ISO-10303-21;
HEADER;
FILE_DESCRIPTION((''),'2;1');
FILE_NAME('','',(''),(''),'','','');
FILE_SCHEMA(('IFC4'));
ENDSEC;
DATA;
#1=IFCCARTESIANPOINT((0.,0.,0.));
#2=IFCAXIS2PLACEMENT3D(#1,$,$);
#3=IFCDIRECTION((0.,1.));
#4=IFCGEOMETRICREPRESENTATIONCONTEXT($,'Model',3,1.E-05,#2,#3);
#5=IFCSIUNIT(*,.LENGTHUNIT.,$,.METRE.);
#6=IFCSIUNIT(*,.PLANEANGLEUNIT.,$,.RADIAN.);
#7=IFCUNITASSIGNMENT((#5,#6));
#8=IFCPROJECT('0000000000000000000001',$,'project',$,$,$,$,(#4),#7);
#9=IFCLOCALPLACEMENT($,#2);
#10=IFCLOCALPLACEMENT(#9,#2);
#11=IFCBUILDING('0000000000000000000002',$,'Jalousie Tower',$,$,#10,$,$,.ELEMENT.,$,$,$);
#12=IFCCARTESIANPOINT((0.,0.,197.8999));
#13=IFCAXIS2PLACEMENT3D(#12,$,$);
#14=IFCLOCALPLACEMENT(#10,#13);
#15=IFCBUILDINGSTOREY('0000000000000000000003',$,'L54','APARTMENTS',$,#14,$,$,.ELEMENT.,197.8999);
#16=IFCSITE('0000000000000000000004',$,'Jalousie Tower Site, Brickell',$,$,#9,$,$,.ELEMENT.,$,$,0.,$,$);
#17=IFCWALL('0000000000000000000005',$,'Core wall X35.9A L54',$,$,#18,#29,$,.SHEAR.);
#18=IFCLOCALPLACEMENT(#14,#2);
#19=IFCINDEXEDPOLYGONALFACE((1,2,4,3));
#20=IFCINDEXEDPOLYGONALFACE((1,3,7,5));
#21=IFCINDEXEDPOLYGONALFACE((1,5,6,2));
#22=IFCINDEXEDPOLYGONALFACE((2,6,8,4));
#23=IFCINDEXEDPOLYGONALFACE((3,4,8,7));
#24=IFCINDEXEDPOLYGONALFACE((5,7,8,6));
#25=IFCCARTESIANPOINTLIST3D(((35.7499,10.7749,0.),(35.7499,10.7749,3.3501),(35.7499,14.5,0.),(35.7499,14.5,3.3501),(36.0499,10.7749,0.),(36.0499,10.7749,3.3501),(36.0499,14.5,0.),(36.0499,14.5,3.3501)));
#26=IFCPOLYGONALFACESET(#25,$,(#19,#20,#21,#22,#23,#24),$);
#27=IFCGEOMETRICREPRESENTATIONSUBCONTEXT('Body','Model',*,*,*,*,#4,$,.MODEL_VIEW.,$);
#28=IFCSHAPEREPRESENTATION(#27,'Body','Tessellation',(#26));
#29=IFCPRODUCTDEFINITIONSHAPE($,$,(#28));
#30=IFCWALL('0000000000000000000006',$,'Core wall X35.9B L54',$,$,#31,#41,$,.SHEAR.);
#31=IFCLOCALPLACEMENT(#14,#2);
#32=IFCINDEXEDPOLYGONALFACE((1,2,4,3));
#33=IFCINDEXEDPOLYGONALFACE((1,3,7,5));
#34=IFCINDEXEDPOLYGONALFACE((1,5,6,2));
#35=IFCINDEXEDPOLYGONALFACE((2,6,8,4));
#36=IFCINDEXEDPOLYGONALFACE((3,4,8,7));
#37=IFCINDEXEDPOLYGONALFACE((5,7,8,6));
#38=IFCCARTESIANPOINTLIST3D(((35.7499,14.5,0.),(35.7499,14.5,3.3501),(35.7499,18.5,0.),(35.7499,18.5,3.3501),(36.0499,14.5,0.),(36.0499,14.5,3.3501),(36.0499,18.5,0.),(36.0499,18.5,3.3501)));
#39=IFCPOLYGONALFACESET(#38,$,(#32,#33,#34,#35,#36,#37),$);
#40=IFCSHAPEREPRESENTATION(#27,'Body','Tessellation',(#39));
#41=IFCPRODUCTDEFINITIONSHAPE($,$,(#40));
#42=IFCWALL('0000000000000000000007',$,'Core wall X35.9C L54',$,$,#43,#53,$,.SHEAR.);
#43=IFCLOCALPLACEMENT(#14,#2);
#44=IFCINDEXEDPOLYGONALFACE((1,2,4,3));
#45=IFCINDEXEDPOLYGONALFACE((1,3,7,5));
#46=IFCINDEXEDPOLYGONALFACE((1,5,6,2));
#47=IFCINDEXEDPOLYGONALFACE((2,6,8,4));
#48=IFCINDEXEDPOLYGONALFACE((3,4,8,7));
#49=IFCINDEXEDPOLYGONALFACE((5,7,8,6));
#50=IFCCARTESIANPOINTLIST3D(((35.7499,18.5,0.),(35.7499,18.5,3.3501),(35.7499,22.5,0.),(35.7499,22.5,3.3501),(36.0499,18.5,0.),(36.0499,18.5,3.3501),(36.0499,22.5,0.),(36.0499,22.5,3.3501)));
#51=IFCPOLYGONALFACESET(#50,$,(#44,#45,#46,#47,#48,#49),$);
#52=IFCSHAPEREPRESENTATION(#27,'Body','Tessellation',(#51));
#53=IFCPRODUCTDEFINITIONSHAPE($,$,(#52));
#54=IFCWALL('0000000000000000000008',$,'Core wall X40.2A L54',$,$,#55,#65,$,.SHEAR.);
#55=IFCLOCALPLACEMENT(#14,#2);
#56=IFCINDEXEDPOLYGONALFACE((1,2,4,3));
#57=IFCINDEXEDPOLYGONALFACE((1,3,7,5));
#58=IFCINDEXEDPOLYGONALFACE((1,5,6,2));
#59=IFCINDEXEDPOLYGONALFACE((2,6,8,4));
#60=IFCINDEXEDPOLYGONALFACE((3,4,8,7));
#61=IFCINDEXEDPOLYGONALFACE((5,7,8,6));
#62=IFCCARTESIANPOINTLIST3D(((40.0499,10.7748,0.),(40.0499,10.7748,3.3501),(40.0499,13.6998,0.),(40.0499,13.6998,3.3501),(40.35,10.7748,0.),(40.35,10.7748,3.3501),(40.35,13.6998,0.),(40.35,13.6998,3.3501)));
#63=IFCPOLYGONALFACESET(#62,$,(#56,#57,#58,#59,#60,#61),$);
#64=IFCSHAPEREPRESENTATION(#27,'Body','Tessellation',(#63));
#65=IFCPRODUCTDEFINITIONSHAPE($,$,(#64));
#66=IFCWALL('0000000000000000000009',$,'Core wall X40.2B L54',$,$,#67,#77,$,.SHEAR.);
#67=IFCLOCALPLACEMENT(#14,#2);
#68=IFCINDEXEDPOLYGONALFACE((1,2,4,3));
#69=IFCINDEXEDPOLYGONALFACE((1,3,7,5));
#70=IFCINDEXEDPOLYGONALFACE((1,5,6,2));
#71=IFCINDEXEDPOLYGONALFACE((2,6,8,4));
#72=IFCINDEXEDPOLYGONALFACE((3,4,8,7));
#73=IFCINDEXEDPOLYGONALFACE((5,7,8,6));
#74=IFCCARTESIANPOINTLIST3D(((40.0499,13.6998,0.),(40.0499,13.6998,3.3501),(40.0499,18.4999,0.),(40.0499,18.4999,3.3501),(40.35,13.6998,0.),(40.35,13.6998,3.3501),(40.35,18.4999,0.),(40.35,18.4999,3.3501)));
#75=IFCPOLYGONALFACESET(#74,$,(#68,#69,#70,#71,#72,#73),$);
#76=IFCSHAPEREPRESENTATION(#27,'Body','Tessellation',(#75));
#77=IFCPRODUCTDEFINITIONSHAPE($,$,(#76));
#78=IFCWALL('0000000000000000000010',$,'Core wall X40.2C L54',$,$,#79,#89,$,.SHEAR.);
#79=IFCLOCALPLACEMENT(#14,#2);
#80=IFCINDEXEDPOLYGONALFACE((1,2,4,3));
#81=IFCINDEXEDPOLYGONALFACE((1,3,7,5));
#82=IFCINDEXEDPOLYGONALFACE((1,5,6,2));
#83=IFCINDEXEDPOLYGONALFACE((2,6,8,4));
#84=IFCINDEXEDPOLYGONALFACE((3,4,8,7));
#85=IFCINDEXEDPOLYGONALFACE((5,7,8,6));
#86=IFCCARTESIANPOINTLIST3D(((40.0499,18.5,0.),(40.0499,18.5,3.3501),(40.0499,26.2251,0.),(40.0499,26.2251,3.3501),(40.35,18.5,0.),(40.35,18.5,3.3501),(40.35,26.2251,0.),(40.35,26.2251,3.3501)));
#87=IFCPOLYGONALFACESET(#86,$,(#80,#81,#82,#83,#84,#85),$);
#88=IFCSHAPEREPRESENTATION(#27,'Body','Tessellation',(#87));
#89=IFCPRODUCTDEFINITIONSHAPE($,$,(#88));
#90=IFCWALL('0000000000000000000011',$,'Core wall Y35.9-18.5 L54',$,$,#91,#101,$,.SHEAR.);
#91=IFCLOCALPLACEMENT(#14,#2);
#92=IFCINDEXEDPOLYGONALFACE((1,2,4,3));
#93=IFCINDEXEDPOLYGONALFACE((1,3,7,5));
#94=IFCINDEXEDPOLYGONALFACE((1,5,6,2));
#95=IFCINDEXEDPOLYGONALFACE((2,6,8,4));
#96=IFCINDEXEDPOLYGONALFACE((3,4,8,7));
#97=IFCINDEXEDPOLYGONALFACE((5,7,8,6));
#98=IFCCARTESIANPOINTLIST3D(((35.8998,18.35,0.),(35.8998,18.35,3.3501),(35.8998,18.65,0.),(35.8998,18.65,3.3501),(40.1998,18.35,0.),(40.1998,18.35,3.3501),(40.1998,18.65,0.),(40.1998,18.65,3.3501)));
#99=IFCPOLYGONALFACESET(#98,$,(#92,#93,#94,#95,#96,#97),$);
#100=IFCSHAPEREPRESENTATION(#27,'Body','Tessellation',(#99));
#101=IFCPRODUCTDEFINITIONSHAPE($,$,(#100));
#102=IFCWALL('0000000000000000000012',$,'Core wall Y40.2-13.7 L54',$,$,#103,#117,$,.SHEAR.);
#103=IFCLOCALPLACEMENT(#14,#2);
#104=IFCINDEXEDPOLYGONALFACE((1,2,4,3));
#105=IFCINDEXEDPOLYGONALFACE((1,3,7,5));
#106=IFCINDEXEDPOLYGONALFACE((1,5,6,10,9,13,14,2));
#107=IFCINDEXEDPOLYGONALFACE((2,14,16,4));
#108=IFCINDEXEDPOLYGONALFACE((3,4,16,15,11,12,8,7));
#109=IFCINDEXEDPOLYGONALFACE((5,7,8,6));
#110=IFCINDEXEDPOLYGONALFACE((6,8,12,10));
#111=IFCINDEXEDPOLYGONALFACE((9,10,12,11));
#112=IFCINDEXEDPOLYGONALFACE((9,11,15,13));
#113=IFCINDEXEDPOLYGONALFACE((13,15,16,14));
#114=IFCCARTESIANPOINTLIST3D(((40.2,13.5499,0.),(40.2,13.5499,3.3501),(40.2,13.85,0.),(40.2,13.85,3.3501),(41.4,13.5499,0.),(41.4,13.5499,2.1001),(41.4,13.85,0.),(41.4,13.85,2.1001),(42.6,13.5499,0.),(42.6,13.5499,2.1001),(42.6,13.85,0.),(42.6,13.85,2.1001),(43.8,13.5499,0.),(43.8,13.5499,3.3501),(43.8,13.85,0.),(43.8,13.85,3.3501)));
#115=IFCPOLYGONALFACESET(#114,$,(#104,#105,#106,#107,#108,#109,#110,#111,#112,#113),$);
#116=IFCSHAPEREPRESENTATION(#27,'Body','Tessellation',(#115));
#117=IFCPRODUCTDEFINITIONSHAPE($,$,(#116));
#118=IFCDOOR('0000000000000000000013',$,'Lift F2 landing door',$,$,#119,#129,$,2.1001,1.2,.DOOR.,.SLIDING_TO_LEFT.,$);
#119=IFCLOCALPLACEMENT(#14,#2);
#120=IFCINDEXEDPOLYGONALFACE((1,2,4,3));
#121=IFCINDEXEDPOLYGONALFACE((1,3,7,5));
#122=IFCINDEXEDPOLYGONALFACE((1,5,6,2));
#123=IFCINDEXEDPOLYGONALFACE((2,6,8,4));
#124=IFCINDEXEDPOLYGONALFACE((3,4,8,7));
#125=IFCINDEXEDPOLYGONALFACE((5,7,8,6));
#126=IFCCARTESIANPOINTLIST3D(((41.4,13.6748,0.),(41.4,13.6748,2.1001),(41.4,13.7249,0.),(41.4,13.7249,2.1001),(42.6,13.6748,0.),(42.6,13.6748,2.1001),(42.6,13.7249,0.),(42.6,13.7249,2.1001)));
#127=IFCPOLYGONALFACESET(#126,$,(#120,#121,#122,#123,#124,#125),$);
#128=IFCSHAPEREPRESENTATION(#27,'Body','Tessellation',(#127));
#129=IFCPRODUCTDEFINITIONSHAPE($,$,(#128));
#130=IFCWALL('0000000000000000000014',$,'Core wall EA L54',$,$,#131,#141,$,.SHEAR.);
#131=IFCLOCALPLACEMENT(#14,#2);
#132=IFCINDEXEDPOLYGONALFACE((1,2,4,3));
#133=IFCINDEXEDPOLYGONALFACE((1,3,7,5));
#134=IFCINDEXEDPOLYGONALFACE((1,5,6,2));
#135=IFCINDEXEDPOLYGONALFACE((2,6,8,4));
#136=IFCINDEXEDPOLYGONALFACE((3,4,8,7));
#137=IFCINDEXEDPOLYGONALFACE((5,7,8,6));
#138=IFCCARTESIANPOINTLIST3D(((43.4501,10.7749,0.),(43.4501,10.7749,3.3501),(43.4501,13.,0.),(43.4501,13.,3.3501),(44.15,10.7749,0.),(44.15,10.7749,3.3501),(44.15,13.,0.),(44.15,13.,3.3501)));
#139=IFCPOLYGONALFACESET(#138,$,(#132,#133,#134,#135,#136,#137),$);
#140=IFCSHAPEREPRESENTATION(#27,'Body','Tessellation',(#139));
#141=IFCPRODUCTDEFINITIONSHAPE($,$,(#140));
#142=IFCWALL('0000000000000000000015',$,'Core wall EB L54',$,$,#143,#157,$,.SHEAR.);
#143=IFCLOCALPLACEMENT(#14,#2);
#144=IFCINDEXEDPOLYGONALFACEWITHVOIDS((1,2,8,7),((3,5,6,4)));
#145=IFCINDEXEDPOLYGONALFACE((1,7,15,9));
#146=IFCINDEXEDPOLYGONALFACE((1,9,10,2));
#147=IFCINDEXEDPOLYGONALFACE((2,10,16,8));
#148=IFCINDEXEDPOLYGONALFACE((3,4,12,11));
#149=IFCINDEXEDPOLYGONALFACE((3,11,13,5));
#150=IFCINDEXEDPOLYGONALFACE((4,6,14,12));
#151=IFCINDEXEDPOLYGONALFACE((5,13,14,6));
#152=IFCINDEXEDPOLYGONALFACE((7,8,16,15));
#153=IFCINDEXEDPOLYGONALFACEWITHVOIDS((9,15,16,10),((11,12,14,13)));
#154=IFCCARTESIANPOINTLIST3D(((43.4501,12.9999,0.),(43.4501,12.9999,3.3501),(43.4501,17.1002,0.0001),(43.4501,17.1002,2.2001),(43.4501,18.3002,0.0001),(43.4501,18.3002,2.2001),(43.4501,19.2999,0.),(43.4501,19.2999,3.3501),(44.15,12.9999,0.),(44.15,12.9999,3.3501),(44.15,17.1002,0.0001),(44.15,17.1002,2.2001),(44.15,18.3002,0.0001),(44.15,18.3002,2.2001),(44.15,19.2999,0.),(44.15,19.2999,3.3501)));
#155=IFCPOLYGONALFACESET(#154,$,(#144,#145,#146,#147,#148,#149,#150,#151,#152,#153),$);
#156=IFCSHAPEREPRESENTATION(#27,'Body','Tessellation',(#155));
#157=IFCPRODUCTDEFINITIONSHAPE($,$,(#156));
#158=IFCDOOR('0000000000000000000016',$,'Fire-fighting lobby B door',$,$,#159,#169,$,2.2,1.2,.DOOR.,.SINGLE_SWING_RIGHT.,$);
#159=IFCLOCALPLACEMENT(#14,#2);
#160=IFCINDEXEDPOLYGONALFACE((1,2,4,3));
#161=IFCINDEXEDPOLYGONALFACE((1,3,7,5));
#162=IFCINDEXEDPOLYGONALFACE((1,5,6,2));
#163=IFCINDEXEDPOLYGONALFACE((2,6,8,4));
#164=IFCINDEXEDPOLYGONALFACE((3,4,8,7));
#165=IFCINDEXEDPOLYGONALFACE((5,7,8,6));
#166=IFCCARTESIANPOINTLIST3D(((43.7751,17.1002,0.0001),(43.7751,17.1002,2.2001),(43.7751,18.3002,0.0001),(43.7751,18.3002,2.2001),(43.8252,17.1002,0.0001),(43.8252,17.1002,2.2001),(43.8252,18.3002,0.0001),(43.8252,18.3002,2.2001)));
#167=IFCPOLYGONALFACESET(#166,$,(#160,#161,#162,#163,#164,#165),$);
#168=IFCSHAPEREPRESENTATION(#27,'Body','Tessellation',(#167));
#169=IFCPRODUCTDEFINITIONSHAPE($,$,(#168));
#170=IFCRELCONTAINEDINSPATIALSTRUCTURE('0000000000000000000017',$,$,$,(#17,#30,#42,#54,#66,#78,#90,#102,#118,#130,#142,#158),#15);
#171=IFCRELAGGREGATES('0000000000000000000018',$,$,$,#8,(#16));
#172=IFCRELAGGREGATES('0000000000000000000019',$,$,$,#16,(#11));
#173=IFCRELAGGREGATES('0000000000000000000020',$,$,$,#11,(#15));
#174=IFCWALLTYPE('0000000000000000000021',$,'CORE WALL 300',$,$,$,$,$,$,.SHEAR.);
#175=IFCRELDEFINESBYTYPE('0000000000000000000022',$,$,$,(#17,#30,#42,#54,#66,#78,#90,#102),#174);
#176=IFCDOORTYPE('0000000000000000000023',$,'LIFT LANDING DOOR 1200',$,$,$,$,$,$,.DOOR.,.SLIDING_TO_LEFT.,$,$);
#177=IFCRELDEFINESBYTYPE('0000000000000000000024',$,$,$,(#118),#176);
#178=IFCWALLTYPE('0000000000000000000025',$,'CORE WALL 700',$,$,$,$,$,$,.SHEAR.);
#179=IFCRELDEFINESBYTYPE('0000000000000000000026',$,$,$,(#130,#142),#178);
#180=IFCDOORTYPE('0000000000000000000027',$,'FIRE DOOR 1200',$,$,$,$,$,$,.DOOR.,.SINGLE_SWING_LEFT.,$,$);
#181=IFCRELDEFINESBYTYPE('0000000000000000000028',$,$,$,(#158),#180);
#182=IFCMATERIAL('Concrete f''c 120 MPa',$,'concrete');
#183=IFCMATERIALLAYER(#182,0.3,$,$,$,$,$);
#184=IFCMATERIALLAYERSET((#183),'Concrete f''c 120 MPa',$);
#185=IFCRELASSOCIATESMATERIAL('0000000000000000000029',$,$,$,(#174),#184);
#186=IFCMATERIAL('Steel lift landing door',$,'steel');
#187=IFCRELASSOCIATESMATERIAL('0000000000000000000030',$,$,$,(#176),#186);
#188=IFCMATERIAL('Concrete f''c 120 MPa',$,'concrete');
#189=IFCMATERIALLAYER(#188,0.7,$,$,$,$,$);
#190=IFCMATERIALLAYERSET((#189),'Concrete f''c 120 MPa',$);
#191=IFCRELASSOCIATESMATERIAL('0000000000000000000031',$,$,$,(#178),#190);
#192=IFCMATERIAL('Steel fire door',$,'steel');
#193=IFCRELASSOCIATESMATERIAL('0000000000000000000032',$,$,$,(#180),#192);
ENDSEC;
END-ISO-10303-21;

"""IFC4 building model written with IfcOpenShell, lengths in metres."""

from ifc_helpers import new_model, si_unit, direction, frame, frame_2d, origin, place, context, subcontext, project, spatial, rectangle, extrude, material, layer, layer_set, type_object, element, fill, save


model = new_model("IFC4")

# Units and contexts
model_context = context("Model", 3, precision=1e-05, world=origin(), true_north=direction((0.0, 1.0)))
body_context = subcontext(model_context, "Body", "Model", "MODEL_VIEW")
ifc_project = project(units=[si_unit("LENGTHUNIT", "METRE"), si_unit("PLANEANGLEUNIT", "RADIAN")], contexts=[model_context])

# Site, building, storey
site_placement = place(None, origin())
site = spatial("IfcSite", under=ifc_project, at=site_placement, Name="Jalousie Tower Site, Brickell", CompositionType="ELEMENT", RefElevation=0.0)
building_placement = place(site_placement, origin())
building = spatial("IfcBuilding", under=site, at=building_placement, Name="Jalousie Tower", CompositionType="ELEMENT")
storey_placement = place(building_placement, frame((0.0, 0.0, 197.8999)))
storey = spatial("IfcBuildingStorey", under=building, at=storey_placement, Name="L54", Description="APARTMENTS", CompositionType="ELEMENT", Elevation=197.8999)

# Walls
ifc_material_1 = material(Name="Concrete f'c 120 MPa", Category="concrete")
ifc_layer_1 = layer(ifc_material_1, 0.3)
ifc_layer_set_1 = layer_set([ifc_layer_1], Name="Concrete f'c 120 MPa")
wall_type_1 = type_object("IfcWallType", Name="CORE WALL 300", PredefinedType="SHEAR", material=ifc_layer_set_1)
wall_1_placement = place(storey_placement, frame((35.8999, 10.7749, 0.0), z_axis=(0.0, 0.0, 1.0), x_axis=(0.0, 1.0, 0.0)))
element("IfcWall", 1, at=wall_1_placement, inside=storey, type_object=wall_type_1, Name="Core wall X35.9A L54", PredefinedType="SHEAR", context=body_context, shape_type="SweptSolid", body=[
    extrude(rectangle(XDim=3.7251, YDim=0.3, at=frame_2d((1.8625, 0.0))), origin(), (0.0, 0.0, 1.0), 3.3501),
])
for number, where, z_axis, x_axis, name in (
    (2, (35.8999, 14.5, 0.0), (0.0, 0.0, 1.0), (0.0, 1.0, 0.0), "Core wall X35.9B L54"),
    (3, (35.8999, 18.5, 0.0), (0.0, 0.0, 1.0), (0.0, 1.0, 0.0), "Core wall X35.9C L54"),
):
    element("IfcWall", number, at=place(storey_placement, frame(where, z_axis=z_axis, x_axis=x_axis)), inside=storey, type_object=wall_type_1, Name=name, PredefinedType="SHEAR", context=body_context, shape_type="SweptSolid", body=[
        extrude(rectangle(XDim=4.0, YDim=0.3, at=frame_2d((2.0, 0.0))), origin(), (0.0, 0.0, 1.0), 3.3501),
    ])
wall_2_placement = place(storey_placement, frame((40.2, 10.7749, 0.0), z_axis=(0.0, 0.0, 1.0), x_axis=(0.0, 1.0, 0.0)))
element("IfcWall", 4, at=wall_2_placement, inside=storey, type_object=wall_type_1, Name="Core wall X40.2A L54", PredefinedType="SHEAR", context=body_context, shape_type="SweptSolid", body=[
    extrude(rectangle(XDim=2.925, YDim=0.3, at=frame_2d((1.4624, 0.0))), origin(), (0.0, 0.0, 1.0), 3.3501),
])
wall_3_placement = place(storey_placement, frame((40.2, 13.7, 0.0), z_axis=(0.0, 0.0, 1.0), x_axis=(0.0, 1.0, 0.0)))
element("IfcWall", 5, at=wall_3_placement, inside=storey, type_object=wall_type_1, Name="Core wall X40.2B L54", PredefinedType="SHEAR", context=body_context, shape_type="SweptSolid", body=[
    extrude(rectangle(XDim=4.8, YDim=0.3, at=frame_2d((2.3999, 0.0))), origin(), (0.0, 0.0, 1.0), 3.3501),
])
wall_4_placement = place(storey_placement, frame((40.2, 18.5, 0.0), z_axis=(0.0, 0.0, 1.0), x_axis=(0.0, 1.0, 0.0)))
element("IfcWall", 6, at=wall_4_placement, inside=storey, type_object=wall_type_1, Name="Core wall X40.2C L54", PredefinedType="SHEAR", context=body_context, shape_type="SweptSolid", body=[
    extrude(rectangle(XDim=7.7251, YDim=0.3, at=frame_2d((3.8625, 0.0))), origin(), (0.0, 0.0, 1.0), 3.3501),
])
wall_5_placement = place(storey_placement, frame((35.8999, 18.5, 0.0), z_axis=(0.0, 0.0, 1.0), x_axis=(1.0, 0.0, 0.0)))
element("IfcWall", 7, at=wall_5_placement, inside=storey, type_object=wall_type_1, Name="Core wall Y35.9-18.5 L54", PredefinedType="SHEAR", context=body_context, shape_type="SweptSolid", body=[
    extrude(rectangle(XDim=4.3, YDim=0.3, at=frame_2d((2.1499, 0.0))), origin(), (0.0, 0.0, 1.0), 3.3501),
])

# Wall, opening, door
wall_6_placement = place(storey_placement, frame((40.2, 13.7, 0.0), z_axis=(0.0, 0.0, 1.0), x_axis=(1.0, 0.0, 0.0)))
wall_6 = element("IfcWall", 8, at=wall_6_placement, inside=storey, type_object=wall_type_1, Name="Core wall Y40.2-13.7 L54", PredefinedType="SHEAR", context=body_context, shape_type="SweptSolid", body=[
    extrude(rectangle(XDim=3.6001, YDim=0.3, at=frame_2d((1.8, 0.0))), origin(), (0.0, 0.0, 1.0), 3.3501),
])
opening_1_placement = place(wall_6_placement, frame((1.2, 0.0, 0.0)))
opening_1 = element("IfcOpeningElement", 9, at=opening_1_placement, cuts=wall_6, PredefinedType="OPENING", context=body_context, shape_type="SweptSolid", body=[
    extrude(rectangle(XDim=1.2, YDim=2.1001, at=frame_2d((0.6001, 1.05))), frame((0.0, 0.1599, 0.0), z_axis=(0.0, -1.0, 0.0), x_axis=(1.0, 0.0, 0.0)), (0.0, 0.0, 1.0), 0.3201),
])
ifc_material_2 = material(Name="Steel lift landing door", Category="steel")
door_type_1 = type_object("IfcDoorType", Name="LIFT LANDING DOOR 1200", OperationType="SLIDING_TO_LEFT", PredefinedType="DOOR", material=ifc_material_2)
door_1_placement = place(opening_1_placement, origin())
door_1 = element("IfcDoor", 10, at=door_1_placement, inside=storey, type_object=door_type_1, Name="Lift F2 landing door", OperationType="SLIDING_TO_LEFT", OverallHeight=2.1001, OverallWidth=1.2, PredefinedType="DOOR", context=body_context, shape_type="SweptSolid", body=[
    extrude(rectangle(XDim=1.2, YDim=2.1001, at=frame_2d((0.6001, 1.05))), frame((0.0, 0.0249, 0.0), z_axis=(0.0, -1.0, 0.0), x_axis=(1.0, 0.0, 0.0)), (0.0, 0.0, 1.0), 0.05),
])
fill(opening_1, door_1)

# Wall
ifc_material_3 = material(Name="Concrete f'c 120 MPa", Category="concrete")
ifc_layer_2 = layer(ifc_material_3, 0.7)
ifc_layer_set_2 = layer_set([ifc_layer_2], Name="Concrete f'c 120 MPa")
wall_type_2 = type_object("IfcWallType", Name="CORE WALL 700", PredefinedType="SHEAR", material=ifc_layer_set_2)
wall_7_placement = place(storey_placement, frame((43.8, 10.7749, 0.0), z_axis=(0.0, 0.0, 1.0), x_axis=(0.0, 1.0, 0.0)))
element("IfcWall", 11, at=wall_7_placement, inside=storey, type_object=wall_type_2, Name="Core wall EA L54", PredefinedType="SHEAR", context=body_context, shape_type="SweptSolid", body=[
    extrude(rectangle(XDim=2.2251, YDim=0.7, at=frame_2d((1.1125, 0.0))), origin(), (0.0, 0.0, 1.0), 3.3501),
])

# Wall, opening, door
wall_8_placement = place(storey_placement, frame((43.8, 13.0, 0.0), z_axis=(0.0, 0.0, 1.0), x_axis=(0.0, 1.0, 0.0)))
wall_8 = element("IfcWall", 12, at=wall_8_placement, inside=storey, type_object=wall_type_2, Name="Core wall EB L54", PredefinedType="SHEAR", context=body_context, shape_type="SweptSolid", body=[
    extrude(rectangle(XDim=6.3, YDim=0.7, at=frame_2d((3.1499, 0.0))), origin(), (0.0, 0.0, 1.0), 3.3501),
])
opening_2_placement = place(wall_8_placement, frame((4.1001, 0.0, 0.0)))
opening_2 = element("IfcOpeningElement", 13, at=opening_2_placement, cuts=wall_8, PredefinedType="OPENING", context=body_context, shape_type="SweptSolid", body=[
    extrude(rectangle(XDim=1.2, YDim=2.2, at=frame_2d((0.6001, 1.1001))), frame((0.0, 0.3599, 0.0), z_axis=(0.0, -1.0, 0.0), x_axis=(1.0, 0.0, 0.0)), (0.0, 0.0, 1.0), 0.72),
])
ifc_material_4 = material(Name="Steel fire door", Category="steel")
door_type_2 = type_object("IfcDoorType", Name="FIRE DOOR 1200", OperationType="SINGLE_SWING_LEFT", PredefinedType="DOOR", material=ifc_material_4)
door_2_placement = place(opening_2_placement, origin())
door_2 = element("IfcDoor", 14, at=door_2_placement, inside=storey, type_object=door_type_2, Name="Fire-fighting lobby B door", OperationType="SINGLE_SWING_RIGHT", OverallHeight=2.2, OverallWidth=1.2, PredefinedType="DOOR", context=body_context, shape_type="SweptSolid", body=[
    extrude(rectangle(XDim=1.2, YDim=2.2, at=frame_2d((0.6001, 1.1001))), frame((0.0, 0.0249, 0.0), z_axis=(0.0, -1.0, 0.0), x_axis=(1.0, 0.0, 0.0)), (0.0, 0.0, 1.0), 0.05),
])
fill(opening_2, door_2)

save(model, "model.ifc")
